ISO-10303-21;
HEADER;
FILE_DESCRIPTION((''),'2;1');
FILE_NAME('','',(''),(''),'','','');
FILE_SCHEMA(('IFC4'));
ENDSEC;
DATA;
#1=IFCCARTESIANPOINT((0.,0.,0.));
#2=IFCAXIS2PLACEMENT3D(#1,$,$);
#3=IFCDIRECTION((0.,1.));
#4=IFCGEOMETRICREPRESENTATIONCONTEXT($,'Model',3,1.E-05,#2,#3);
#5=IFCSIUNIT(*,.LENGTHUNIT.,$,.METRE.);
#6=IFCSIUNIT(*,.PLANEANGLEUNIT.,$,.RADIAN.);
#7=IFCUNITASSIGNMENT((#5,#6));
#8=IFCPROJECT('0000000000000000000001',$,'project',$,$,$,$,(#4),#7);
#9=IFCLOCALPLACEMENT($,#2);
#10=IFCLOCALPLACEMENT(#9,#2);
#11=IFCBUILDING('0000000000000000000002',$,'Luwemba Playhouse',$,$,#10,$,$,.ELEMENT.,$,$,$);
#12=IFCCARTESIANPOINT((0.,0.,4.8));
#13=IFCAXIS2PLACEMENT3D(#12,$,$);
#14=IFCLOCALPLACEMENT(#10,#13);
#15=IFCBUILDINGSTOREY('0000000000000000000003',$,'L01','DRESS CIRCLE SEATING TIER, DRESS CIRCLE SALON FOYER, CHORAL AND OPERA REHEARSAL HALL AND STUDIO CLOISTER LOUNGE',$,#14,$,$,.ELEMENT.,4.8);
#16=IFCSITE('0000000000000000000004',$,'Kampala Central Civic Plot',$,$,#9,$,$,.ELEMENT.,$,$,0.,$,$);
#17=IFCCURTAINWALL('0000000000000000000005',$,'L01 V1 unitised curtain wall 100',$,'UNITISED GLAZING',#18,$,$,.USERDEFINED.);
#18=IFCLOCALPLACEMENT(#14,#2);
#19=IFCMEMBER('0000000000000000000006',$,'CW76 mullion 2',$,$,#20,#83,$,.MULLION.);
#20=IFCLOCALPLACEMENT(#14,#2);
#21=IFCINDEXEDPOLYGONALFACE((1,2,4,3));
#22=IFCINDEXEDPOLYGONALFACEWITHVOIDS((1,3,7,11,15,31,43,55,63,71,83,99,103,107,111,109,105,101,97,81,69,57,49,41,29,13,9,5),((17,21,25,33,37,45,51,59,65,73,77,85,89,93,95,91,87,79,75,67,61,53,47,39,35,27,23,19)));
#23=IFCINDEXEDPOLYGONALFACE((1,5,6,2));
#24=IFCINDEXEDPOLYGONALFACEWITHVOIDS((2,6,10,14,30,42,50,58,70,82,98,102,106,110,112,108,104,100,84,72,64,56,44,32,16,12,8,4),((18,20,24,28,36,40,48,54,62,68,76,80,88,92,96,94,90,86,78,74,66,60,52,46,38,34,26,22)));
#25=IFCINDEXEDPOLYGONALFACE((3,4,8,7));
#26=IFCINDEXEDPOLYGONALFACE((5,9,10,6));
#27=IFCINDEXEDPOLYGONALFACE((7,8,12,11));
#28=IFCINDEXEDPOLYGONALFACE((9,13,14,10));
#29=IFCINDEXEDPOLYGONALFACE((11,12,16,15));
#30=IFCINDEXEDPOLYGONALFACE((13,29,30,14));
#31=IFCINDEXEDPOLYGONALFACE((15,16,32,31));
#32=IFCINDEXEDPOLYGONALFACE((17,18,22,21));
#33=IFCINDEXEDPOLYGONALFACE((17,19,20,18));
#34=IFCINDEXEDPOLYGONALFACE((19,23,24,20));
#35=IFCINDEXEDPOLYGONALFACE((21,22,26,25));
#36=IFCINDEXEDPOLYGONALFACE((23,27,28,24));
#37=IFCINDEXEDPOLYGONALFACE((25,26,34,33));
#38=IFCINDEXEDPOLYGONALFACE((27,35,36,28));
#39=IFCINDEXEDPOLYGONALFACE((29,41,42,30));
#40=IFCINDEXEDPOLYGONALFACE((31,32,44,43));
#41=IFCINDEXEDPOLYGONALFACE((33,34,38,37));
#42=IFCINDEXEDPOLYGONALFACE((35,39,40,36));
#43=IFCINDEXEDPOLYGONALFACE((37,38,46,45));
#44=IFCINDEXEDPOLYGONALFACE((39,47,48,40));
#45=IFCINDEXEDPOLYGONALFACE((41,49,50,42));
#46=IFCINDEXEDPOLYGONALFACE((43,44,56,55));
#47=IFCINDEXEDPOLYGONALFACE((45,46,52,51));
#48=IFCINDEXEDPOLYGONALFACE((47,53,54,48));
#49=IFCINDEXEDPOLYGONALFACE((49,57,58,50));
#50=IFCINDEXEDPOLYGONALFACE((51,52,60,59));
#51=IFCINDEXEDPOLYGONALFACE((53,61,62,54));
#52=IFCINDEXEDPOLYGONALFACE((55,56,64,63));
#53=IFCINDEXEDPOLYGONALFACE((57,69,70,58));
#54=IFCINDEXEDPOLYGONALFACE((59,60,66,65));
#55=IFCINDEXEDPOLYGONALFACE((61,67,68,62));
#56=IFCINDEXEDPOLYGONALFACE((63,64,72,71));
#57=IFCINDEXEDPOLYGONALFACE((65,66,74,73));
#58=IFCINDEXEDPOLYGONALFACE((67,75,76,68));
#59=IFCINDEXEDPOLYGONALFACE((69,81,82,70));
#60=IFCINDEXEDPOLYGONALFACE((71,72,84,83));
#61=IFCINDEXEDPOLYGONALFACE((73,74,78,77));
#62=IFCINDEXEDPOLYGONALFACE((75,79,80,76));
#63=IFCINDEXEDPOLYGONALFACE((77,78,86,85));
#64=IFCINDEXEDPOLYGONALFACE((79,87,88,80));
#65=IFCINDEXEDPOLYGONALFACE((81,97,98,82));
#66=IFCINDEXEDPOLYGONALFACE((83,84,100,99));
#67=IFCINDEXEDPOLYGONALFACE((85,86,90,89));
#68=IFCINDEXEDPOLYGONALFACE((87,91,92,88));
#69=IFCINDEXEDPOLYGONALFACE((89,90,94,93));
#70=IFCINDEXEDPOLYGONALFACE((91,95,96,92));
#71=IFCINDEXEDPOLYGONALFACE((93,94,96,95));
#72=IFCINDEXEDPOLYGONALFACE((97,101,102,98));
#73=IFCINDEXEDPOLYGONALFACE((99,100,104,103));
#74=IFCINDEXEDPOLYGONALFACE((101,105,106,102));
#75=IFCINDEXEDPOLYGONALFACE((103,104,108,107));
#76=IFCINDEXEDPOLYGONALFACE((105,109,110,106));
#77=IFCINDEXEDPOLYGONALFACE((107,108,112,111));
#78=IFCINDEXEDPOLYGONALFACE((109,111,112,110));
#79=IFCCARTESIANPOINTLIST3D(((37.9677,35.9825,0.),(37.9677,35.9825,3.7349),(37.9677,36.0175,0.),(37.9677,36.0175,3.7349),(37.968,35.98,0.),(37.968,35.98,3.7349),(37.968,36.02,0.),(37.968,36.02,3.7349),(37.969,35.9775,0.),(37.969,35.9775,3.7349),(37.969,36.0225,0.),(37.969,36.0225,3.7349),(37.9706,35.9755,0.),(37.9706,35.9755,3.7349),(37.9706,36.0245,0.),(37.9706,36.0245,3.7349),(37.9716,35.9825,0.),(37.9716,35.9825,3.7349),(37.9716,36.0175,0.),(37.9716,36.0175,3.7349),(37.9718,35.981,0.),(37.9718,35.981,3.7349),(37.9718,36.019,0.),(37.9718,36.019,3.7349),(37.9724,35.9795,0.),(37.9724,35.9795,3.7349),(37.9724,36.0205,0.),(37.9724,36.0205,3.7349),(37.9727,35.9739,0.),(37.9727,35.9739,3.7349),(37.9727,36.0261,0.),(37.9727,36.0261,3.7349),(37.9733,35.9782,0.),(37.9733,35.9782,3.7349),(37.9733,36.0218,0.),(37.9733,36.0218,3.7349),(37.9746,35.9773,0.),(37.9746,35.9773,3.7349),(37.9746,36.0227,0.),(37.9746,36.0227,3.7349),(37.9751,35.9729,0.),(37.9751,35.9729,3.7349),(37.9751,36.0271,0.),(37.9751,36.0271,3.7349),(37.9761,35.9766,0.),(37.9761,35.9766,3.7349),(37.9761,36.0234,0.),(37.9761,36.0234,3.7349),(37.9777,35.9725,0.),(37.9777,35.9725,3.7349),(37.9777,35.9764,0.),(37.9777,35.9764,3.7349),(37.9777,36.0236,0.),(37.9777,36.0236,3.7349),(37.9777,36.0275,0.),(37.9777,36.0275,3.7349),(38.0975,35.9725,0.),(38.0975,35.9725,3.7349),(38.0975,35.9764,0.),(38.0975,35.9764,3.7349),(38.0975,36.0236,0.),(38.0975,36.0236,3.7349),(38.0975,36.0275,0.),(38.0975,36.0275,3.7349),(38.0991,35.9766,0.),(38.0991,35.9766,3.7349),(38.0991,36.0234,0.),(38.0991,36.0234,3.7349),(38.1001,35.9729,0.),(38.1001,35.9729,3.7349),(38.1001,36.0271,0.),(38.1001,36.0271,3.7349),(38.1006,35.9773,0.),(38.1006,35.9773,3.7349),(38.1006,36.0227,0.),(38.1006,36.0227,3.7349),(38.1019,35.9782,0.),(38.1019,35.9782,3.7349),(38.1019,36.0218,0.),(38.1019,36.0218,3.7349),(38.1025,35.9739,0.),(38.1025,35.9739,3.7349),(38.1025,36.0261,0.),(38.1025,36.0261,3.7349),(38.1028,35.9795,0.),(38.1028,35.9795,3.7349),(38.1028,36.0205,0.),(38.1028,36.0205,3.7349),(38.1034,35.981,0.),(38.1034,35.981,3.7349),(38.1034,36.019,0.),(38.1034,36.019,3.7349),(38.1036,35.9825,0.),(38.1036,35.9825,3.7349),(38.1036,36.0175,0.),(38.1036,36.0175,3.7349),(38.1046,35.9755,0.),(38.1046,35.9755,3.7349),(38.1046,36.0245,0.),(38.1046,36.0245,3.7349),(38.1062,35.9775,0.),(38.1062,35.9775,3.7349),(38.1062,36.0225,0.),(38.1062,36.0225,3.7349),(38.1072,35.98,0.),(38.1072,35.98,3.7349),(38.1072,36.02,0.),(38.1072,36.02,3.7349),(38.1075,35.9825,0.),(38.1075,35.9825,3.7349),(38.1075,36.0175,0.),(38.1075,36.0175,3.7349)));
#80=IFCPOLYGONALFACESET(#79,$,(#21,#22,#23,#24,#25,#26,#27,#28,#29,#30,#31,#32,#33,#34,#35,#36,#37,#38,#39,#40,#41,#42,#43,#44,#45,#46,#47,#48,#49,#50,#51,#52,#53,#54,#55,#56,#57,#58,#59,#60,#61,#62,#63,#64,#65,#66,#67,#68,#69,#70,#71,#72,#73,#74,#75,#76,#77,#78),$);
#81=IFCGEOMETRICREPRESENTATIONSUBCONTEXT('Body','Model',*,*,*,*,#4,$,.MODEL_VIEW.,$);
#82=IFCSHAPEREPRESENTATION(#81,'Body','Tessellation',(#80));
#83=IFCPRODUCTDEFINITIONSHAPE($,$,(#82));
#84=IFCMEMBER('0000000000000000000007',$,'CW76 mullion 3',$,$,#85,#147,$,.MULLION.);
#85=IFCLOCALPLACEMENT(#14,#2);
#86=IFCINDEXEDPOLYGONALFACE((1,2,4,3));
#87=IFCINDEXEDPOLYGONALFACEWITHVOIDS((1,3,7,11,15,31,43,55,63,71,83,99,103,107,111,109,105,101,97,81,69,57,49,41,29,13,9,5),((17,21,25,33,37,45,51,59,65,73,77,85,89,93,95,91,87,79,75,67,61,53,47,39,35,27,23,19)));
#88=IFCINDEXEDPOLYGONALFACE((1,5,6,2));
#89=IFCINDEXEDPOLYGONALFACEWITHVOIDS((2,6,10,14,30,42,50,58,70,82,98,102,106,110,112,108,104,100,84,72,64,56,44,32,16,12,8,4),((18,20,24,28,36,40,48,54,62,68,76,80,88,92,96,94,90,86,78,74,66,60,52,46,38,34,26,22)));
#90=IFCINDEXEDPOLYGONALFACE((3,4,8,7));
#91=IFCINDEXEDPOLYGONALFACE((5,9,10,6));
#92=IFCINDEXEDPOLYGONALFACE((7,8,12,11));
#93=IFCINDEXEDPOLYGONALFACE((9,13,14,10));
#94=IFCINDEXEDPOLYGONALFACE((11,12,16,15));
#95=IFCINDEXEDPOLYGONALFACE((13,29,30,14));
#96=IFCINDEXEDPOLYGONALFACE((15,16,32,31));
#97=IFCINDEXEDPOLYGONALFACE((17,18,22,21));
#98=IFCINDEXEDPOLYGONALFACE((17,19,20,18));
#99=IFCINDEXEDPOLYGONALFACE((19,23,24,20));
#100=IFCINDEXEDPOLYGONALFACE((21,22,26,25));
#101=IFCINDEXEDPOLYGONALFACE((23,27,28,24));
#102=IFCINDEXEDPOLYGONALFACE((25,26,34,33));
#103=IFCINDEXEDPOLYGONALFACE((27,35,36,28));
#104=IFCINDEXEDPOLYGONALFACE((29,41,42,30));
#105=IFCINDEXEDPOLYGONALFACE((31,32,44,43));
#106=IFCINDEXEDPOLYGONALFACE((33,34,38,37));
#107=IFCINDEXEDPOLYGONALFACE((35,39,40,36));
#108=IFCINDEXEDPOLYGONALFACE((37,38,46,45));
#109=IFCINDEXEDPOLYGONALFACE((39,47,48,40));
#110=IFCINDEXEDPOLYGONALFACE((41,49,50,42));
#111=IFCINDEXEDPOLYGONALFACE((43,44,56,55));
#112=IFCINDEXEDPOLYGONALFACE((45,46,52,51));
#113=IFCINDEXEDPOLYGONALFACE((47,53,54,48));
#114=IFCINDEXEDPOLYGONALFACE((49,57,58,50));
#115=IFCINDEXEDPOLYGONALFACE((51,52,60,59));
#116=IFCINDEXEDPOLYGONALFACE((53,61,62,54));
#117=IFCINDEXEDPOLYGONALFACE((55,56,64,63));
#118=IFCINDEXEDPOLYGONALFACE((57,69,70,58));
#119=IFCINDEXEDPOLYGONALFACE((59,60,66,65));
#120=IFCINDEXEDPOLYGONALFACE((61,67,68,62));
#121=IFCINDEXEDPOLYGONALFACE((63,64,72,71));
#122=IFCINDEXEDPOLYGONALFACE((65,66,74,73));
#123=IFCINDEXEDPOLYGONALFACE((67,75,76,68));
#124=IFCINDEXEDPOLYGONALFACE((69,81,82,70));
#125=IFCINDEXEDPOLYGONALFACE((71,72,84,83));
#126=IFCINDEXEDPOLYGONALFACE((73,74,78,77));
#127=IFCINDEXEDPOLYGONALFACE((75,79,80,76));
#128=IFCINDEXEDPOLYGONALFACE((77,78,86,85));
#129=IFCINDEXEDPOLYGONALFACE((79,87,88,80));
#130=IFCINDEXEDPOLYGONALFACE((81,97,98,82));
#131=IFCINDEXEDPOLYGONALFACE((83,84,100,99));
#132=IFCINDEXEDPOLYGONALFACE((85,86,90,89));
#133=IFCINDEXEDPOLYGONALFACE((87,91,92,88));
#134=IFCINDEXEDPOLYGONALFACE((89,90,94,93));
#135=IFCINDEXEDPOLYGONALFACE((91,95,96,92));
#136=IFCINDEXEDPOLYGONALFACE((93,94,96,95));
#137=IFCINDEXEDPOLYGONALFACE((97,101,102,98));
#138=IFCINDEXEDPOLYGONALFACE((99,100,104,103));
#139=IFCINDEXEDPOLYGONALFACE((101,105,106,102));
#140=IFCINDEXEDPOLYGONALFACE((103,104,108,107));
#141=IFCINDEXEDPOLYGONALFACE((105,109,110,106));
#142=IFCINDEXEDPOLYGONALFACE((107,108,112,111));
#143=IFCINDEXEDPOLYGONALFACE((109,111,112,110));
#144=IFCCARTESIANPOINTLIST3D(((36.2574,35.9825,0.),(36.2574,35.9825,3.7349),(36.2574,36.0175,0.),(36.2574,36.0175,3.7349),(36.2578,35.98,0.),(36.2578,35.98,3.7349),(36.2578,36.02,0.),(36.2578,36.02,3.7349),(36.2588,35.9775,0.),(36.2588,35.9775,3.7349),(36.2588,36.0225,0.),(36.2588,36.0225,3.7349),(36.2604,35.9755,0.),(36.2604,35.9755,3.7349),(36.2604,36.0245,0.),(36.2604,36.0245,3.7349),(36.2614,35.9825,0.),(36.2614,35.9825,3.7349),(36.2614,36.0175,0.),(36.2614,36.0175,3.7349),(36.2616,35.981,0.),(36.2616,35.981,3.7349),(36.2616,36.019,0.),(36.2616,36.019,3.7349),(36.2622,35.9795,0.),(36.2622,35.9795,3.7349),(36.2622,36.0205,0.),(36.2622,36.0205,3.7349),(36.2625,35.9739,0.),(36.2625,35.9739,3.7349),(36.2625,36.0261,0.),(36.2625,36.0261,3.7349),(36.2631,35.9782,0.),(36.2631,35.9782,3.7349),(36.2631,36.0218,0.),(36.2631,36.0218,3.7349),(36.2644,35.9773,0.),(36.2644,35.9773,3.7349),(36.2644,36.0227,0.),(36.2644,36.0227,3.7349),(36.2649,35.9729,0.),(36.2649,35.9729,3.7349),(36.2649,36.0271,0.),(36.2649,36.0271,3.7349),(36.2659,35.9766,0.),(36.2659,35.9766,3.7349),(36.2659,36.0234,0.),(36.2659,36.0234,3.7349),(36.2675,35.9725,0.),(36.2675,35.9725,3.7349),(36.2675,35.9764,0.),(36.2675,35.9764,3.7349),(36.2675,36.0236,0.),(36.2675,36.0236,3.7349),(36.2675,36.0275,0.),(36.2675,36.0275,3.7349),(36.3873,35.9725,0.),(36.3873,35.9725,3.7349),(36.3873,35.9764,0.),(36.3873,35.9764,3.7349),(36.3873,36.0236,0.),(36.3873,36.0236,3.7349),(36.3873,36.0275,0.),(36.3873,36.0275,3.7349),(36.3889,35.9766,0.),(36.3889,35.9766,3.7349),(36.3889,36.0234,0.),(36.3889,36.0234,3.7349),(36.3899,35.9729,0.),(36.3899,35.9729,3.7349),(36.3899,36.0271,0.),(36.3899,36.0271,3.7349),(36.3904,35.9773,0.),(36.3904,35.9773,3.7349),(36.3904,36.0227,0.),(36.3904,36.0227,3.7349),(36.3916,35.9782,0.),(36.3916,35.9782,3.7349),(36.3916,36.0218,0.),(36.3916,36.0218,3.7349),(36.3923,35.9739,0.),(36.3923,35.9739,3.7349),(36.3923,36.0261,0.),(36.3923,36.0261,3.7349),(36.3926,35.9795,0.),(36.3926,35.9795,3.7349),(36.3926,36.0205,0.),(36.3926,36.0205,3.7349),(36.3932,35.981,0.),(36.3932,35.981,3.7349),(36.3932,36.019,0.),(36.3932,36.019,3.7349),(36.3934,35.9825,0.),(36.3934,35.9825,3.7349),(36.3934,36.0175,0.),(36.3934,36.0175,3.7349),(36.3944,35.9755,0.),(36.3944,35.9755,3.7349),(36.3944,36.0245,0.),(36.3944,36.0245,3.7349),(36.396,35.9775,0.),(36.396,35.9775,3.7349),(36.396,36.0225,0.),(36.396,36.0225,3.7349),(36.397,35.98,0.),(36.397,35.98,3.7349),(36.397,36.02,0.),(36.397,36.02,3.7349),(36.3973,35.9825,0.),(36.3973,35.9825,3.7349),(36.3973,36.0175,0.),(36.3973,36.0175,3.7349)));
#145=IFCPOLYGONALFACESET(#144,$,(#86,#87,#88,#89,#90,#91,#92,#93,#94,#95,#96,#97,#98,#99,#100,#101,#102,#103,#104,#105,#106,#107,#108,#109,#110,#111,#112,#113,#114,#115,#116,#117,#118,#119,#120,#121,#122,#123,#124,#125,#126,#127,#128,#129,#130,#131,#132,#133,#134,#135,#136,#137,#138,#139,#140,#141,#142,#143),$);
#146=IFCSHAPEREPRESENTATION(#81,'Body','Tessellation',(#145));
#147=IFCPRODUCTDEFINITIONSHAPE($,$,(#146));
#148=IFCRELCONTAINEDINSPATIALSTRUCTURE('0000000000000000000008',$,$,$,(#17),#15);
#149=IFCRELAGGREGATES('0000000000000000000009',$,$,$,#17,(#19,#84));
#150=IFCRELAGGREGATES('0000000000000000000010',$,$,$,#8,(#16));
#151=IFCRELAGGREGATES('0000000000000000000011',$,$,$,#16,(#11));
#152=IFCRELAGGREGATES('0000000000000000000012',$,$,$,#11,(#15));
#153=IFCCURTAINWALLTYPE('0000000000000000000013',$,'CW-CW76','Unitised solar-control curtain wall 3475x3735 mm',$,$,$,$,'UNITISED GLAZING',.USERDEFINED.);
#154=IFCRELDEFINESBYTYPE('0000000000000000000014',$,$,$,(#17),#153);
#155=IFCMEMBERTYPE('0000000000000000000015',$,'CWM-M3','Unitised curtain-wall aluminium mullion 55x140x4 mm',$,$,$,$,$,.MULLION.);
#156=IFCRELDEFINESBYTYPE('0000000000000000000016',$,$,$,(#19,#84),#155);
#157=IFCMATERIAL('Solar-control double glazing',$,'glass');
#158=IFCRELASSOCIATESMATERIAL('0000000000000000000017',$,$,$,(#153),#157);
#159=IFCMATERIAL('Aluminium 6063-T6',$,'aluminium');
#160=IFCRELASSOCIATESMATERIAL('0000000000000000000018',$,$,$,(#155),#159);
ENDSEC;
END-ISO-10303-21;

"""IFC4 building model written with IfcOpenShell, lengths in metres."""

from ifc_helpers import new_model, si_unit, direction, frame, origin, origin_2d, place, context, subcontext, project, spatial, hollow_rectangle, extrude, material, material_profile, profile_set, type_object, element, aggregate, save


model = new_model("IFC4")

# Units and contexts
model_context = context("Model", 3, precision=1e-05, world=origin(), true_north=direction((0.0, 1.0)))
body_context = subcontext(model_context, "Body", "Model", "MODEL_VIEW")
ifc_project = project(units=[si_unit("LENGTHUNIT", "METRE"), si_unit("PLANEANGLEUNIT", "RADIAN")], contexts=[model_context])

# Site, building, storey
site_placement = place(None, origin())
site = spatial("IfcSite", under=ifc_project, at=site_placement, Name="Kampala Central Civic Plot", CompositionType="ELEMENT", RefElevation=0.0)
building_placement = place(site_placement, origin())
building = spatial("IfcBuilding", under=site, at=building_placement, Name="Luwemba Playhouse", CompositionType="ELEMENT")
storey_placement = place(building_placement, frame((0.0, 0.0, 4.8)))
storey = spatial("IfcBuildingStorey", under=building, at=storey_placement, Name="L01", Description="DRESS CIRCLE SEATING TIER, DRESS CIRCLE SALON FOYER, CHORAL AND OPERA REHEARSAL HALL AND STUDIO CLOISTER LOUNGE", CompositionType="ELEMENT", Elevation=4.8)

# Curtain wall, members
ifc_material_1 = material(Name="Solar-control double glazing", Category="glass")
curtain_wall_type_1 = type_object("IfcCurtainWallType", Name="CW-CW76", Description="Unitised solar-control curtain wall 3475x3735 mm", ElementType="UNITISED GLAZING", PredefinedType="USERDEFINED", material=ifc_material_1)
curtain_wall_1_placement = place(storey_placement, origin())
curtain_wall_1 = element("IfcCurtainWall", 1, at=curtain_wall_1_placement, inside=storey, type_object=curtain_wall_type_1, Name="L01 V1 unitised curtain wall 100", ObjectType="UNITISED GLAZING", PredefinedType="USERDEFINED")
ifc_material_2 = material(Name="Aluminium 6063-T6", Category="aluminium")
ifc_material_profile_1 = material_profile(ifc_material_2, hollow_rectangle(XDim=0.0549, YDim=0.1399, WallThickness=0.0039, InnerFilletRadius=0.0061, OuterFilletRadius=0.01, at=origin_2d()))
ifc_profile_set_1 = profile_set([ifc_material_profile_1], Name="Aluminium 6063-T6")
member_type_1 = type_object("IfcMemberType", Name="CWM-M3", Description="Unitised curtain-wall aluminium mullion 55x140x4 mm", PredefinedType="MULLION", material=ifc_profile_set_1)
member_1_placement = place(storey_placement, frame((38.0376, 36.0, 0.0), z_axis=(0.0, 0.0, 1.0), x_axis=(0.0, -1.0, 0.0)))
member_1 = element("IfcMember", 2, at=member_1_placement, type_object=member_type_1, Name="CW76 mullion 2", PredefinedType="MULLION", context=body_context, shape_type="SweptSolid", body=[
    extrude(hollow_rectangle(XDim=0.0549, YDim=0.1399, WallThickness=0.0039, InnerFilletRadius=0.0061, OuterFilletRadius=0.01, at=origin_2d()), origin(), (0.0, 0.0, 1.0), 3.7349),
])
member_2_placement = place(storey_placement, frame((36.3274, 36.0, 0.0), z_axis=(0.0, 0.0, 1.0), x_axis=(0.0, -1.0, 0.0)))
member_2 = element("IfcMember", 3, at=member_2_placement, type_object=member_type_1, Name="CW76 mullion 3", PredefinedType="MULLION", context=body_context, shape_type="SweptSolid", body=[
    extrude(hollow_rectangle(XDim=0.0549, YDim=0.1399, WallThickness=0.0039, InnerFilletRadius=0.0061, OuterFilletRadius=0.01, at=origin_2d()), origin(), (0.0, 0.0, 1.0), 3.7349),
])

aggregate(curtain_wall_1, [member_1, member_2])

save(model, "model.ifc")
